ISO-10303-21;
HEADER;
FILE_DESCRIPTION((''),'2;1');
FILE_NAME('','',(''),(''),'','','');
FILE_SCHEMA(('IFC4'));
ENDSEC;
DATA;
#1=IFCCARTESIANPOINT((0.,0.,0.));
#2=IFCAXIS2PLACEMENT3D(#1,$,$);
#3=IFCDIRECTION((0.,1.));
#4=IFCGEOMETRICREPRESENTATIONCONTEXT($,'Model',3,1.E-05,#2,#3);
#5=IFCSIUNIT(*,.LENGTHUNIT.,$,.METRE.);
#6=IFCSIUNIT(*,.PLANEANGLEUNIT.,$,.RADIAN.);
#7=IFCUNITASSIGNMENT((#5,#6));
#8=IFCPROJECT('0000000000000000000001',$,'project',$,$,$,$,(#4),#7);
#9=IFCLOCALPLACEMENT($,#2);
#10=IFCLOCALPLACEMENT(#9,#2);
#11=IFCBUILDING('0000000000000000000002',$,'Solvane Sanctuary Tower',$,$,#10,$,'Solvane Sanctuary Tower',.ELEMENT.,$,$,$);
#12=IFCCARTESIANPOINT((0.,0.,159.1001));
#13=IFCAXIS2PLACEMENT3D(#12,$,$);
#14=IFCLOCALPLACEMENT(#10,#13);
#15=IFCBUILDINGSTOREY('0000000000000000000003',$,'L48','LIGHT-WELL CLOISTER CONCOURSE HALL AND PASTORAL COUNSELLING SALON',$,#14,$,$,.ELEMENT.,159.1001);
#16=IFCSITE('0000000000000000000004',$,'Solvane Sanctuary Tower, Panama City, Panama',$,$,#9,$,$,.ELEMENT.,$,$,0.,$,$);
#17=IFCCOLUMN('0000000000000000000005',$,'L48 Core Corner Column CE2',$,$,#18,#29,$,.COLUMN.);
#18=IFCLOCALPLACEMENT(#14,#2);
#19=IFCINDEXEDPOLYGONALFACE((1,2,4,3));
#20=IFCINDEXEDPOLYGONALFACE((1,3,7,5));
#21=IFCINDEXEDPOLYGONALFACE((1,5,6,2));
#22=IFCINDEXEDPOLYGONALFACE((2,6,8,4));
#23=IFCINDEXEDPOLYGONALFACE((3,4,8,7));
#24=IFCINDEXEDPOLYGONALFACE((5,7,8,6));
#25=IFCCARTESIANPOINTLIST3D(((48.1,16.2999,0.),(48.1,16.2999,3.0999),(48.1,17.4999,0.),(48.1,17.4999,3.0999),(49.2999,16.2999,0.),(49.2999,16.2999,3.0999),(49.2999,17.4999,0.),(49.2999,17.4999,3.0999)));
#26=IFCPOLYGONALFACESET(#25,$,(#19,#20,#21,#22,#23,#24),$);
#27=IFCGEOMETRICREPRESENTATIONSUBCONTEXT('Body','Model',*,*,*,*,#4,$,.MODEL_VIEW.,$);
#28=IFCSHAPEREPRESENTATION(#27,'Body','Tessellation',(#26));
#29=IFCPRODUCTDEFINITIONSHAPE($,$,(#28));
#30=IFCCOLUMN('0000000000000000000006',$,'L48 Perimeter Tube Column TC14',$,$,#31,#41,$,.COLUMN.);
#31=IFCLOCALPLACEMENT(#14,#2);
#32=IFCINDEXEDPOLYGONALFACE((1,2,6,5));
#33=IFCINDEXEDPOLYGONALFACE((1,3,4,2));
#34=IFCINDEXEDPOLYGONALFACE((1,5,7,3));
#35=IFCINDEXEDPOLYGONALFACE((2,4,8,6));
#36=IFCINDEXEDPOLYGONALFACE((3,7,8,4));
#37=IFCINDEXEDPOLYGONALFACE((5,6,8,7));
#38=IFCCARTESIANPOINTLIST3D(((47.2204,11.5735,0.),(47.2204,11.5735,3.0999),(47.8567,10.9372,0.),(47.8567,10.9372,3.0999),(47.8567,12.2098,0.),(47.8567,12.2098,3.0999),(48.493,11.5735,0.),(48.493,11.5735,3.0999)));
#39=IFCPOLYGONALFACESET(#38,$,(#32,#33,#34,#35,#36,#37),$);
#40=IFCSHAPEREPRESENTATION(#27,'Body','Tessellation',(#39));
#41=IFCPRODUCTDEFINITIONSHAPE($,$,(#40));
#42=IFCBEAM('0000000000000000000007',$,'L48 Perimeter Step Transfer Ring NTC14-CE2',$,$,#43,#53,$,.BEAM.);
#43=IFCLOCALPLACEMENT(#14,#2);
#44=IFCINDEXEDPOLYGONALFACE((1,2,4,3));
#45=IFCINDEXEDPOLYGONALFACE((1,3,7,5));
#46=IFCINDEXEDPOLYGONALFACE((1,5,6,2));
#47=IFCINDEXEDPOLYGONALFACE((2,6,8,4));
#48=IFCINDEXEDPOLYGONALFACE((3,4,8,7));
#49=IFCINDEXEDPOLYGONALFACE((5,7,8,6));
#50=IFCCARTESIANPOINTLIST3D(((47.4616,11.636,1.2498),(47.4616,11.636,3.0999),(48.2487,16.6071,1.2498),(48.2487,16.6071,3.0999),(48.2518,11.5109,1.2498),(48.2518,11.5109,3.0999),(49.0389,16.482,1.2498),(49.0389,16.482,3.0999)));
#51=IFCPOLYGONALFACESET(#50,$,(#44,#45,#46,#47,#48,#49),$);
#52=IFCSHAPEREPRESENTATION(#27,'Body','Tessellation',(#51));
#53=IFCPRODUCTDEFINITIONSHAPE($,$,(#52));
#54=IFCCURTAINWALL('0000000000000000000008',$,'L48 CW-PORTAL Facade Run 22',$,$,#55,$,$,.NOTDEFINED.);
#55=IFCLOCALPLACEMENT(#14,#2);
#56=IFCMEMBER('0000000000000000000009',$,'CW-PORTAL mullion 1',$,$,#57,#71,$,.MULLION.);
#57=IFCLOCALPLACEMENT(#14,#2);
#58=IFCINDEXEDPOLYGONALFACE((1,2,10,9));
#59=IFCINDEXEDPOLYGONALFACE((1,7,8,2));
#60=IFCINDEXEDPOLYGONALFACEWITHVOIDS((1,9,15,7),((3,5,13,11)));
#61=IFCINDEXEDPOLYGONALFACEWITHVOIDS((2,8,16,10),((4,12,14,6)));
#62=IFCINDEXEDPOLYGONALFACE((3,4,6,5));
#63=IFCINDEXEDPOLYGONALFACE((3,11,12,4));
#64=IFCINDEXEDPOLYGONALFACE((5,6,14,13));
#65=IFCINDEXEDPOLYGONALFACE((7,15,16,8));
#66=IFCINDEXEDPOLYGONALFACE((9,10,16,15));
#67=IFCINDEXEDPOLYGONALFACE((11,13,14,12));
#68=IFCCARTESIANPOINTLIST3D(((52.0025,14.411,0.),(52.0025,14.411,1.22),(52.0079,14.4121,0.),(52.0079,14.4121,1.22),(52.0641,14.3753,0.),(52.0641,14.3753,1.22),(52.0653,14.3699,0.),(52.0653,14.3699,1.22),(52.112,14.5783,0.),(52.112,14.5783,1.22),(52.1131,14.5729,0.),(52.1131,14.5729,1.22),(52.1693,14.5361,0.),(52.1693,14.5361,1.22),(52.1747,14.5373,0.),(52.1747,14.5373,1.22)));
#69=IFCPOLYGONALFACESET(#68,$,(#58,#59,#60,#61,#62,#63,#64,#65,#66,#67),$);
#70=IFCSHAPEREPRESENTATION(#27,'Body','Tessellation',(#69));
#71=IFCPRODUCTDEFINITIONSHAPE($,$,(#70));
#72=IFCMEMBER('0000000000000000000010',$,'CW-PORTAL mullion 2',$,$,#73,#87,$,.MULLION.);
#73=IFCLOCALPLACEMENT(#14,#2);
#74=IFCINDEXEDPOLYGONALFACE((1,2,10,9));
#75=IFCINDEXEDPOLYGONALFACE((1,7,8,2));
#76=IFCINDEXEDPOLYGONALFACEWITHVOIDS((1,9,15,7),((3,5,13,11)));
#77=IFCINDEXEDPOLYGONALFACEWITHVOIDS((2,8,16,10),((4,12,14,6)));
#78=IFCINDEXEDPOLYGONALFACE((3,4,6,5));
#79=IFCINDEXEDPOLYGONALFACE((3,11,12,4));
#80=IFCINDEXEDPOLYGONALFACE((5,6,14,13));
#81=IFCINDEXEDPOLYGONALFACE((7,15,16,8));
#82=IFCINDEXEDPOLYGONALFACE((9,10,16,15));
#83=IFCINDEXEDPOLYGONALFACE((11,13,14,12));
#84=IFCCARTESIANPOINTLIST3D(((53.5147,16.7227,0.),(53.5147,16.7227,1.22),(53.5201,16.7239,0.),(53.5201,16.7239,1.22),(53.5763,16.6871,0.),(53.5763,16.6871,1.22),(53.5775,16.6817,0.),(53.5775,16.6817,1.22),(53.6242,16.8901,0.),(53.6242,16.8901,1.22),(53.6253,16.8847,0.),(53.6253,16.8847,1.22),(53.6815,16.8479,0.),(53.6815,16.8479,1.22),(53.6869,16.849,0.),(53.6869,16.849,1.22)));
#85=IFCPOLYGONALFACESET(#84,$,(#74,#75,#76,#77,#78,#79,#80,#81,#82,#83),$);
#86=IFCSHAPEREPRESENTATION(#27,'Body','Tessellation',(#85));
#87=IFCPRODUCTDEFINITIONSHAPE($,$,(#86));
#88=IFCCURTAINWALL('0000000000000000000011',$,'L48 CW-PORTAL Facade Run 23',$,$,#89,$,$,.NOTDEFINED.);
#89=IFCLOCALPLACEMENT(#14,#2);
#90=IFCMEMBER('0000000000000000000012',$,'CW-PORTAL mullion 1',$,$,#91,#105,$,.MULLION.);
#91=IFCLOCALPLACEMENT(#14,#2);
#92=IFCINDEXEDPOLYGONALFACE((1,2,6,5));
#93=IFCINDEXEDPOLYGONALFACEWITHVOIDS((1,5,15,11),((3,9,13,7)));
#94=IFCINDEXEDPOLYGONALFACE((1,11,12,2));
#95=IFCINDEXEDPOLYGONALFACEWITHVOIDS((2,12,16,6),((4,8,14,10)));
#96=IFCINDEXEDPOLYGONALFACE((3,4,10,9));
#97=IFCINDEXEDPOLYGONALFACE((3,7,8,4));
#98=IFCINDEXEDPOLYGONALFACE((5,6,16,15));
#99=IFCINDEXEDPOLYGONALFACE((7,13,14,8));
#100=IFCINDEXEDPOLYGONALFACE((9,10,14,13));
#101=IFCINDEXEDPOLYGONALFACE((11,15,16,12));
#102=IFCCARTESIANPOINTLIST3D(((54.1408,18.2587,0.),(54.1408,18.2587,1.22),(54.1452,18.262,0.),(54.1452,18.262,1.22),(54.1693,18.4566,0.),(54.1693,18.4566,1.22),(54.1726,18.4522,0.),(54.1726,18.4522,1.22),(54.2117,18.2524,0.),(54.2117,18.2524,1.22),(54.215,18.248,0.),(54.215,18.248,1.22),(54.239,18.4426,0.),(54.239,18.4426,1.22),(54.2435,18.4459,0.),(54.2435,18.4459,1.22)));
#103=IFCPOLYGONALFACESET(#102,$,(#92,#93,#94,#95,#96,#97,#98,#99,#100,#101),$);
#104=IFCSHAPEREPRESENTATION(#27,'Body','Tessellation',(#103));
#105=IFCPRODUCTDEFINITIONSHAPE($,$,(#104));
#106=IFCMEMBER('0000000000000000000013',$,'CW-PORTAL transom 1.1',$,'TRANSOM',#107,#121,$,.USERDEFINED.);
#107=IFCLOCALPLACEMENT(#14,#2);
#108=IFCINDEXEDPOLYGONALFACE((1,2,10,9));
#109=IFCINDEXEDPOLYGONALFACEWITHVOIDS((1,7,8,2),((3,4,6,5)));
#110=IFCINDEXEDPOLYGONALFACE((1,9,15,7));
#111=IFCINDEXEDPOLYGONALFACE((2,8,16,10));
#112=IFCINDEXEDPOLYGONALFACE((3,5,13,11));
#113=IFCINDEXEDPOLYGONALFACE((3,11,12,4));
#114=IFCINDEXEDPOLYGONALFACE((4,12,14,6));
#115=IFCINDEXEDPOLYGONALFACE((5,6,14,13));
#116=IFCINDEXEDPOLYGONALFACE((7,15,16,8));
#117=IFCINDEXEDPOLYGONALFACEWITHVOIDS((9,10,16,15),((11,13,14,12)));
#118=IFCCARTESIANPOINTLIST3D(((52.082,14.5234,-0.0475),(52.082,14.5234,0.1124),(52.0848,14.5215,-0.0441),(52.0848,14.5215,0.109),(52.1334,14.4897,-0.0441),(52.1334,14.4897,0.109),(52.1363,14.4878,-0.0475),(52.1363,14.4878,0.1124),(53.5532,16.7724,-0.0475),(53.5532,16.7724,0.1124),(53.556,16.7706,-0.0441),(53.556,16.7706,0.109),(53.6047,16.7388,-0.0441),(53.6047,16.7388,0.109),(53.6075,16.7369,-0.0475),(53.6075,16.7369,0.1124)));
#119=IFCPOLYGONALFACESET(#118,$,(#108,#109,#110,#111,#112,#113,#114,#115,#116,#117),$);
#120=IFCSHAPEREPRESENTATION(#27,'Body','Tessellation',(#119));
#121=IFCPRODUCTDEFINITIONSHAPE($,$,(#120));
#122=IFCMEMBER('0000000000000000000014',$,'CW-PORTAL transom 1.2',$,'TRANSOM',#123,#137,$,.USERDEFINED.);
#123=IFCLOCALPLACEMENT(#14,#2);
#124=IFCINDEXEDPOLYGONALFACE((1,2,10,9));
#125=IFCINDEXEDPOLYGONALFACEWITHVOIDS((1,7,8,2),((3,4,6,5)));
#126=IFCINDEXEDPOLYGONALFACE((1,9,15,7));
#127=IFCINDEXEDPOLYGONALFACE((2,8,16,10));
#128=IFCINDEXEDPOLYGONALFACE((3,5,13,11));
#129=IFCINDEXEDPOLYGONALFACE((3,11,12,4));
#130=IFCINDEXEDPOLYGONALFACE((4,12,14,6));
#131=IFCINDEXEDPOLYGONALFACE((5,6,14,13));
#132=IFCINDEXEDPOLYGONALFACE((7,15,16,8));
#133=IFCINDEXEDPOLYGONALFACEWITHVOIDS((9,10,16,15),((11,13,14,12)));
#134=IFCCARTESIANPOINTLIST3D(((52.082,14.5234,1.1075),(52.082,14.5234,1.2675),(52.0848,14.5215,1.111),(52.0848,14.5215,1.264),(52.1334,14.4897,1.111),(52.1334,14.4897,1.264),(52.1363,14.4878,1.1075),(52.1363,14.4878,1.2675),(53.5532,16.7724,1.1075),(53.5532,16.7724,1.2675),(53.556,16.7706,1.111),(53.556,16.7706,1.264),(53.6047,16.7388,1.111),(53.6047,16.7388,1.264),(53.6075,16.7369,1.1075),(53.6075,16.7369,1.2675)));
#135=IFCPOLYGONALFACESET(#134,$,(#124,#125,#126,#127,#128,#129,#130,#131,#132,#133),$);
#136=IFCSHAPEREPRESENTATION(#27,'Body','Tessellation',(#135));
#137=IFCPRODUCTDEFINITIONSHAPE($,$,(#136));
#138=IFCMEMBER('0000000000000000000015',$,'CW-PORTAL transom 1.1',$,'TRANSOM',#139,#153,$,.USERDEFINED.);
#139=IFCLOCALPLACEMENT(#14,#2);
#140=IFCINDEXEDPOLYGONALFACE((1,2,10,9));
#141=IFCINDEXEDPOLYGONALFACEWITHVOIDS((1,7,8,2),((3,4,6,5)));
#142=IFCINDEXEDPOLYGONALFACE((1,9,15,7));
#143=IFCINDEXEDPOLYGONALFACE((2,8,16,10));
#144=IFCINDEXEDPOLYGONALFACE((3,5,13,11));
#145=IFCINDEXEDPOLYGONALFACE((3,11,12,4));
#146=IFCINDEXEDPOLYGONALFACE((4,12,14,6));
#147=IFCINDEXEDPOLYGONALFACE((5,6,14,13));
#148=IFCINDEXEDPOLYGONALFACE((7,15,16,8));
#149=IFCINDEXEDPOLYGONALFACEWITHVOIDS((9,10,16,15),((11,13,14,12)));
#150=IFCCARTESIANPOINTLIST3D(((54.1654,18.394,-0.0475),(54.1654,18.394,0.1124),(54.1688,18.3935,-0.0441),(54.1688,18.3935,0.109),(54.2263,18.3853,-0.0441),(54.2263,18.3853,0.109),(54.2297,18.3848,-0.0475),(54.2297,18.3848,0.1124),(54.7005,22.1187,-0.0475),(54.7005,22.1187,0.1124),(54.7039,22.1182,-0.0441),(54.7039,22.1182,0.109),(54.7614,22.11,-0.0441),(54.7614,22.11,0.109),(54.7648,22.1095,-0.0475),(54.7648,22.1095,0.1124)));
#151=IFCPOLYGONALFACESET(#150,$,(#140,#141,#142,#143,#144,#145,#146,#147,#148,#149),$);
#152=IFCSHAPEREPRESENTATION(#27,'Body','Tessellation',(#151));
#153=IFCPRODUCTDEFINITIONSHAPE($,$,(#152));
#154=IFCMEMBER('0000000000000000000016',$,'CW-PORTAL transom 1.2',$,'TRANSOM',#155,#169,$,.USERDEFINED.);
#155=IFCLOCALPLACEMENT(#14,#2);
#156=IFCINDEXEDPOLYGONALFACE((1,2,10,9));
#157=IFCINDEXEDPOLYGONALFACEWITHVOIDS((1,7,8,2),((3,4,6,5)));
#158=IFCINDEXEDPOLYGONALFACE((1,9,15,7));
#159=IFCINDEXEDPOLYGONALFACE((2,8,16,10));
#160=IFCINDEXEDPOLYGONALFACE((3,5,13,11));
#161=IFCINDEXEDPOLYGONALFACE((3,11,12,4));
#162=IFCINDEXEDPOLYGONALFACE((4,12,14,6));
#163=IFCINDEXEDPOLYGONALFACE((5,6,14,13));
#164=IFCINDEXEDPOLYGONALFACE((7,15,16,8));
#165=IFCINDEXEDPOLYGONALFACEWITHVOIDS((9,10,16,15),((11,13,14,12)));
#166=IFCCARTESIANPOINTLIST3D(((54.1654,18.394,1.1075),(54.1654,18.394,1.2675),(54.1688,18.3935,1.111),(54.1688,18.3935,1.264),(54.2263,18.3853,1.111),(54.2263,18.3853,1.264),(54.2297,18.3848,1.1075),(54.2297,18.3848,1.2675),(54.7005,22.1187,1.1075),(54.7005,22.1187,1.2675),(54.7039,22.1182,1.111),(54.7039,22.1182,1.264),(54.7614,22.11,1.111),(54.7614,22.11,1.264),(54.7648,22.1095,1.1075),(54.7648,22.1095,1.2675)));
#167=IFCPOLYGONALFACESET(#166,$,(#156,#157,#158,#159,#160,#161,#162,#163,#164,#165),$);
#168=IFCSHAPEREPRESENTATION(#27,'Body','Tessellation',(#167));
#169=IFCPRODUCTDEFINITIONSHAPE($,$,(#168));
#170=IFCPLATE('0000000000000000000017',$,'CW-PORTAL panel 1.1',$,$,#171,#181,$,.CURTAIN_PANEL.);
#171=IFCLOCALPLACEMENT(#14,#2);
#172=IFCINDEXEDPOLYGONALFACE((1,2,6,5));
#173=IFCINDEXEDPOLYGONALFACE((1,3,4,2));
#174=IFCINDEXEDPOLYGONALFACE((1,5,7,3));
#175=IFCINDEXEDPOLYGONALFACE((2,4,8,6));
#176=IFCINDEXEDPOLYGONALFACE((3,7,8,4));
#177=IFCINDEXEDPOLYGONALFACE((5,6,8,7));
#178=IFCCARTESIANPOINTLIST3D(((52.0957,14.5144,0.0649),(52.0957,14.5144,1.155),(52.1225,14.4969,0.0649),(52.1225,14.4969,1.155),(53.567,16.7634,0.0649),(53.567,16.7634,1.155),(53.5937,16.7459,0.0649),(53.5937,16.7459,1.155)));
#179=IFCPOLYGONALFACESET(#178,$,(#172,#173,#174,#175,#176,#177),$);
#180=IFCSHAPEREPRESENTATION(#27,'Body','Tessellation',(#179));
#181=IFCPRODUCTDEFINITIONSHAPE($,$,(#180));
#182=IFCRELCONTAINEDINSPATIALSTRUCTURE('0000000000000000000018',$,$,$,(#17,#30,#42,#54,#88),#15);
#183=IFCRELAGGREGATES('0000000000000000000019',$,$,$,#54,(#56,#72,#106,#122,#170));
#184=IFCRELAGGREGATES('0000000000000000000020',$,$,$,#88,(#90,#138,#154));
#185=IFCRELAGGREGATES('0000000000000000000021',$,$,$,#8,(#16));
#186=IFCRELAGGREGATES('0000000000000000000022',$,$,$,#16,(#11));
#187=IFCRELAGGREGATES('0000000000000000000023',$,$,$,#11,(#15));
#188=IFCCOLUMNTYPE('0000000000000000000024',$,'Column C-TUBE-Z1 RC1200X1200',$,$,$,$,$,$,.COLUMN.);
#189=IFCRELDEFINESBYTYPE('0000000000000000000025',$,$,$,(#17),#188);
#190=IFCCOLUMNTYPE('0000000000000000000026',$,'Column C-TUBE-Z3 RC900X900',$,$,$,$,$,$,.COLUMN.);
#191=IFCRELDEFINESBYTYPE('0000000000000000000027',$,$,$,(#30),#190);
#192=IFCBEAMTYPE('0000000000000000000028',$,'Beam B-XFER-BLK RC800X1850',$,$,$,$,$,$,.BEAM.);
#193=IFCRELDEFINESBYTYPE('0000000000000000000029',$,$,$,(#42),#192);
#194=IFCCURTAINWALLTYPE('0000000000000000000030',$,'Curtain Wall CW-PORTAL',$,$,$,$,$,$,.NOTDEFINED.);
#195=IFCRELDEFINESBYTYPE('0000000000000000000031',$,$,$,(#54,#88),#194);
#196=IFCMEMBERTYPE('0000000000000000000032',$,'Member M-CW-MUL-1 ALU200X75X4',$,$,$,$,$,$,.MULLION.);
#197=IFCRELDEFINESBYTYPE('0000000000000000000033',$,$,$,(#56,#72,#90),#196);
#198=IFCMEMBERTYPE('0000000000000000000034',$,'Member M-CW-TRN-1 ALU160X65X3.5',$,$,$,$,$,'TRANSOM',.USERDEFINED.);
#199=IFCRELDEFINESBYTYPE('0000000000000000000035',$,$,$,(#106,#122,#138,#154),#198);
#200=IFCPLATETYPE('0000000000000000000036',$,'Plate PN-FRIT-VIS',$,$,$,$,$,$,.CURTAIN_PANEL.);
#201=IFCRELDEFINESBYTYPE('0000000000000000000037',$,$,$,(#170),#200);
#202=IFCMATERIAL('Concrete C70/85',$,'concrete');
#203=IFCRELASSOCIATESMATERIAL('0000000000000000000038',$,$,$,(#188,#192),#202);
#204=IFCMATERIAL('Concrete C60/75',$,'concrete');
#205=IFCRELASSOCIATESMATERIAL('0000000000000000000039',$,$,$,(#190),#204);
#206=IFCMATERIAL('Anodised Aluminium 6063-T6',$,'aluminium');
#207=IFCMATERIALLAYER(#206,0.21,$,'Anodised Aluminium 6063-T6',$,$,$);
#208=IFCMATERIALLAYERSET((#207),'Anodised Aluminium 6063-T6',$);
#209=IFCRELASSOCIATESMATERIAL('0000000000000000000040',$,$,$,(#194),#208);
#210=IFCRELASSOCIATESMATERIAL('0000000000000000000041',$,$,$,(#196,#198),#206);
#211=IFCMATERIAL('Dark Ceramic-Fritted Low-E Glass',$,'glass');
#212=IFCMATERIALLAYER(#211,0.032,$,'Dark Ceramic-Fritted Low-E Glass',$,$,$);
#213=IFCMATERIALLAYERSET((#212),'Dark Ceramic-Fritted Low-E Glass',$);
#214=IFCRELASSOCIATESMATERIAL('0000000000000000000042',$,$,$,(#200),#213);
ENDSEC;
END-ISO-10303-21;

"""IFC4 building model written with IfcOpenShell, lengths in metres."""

from ifc_helpers import new_model, si_unit, direction, frame, origin, origin_2d, place, context, subcontext, project, spatial, rectangle, hollow_rectangle, extrude, material, layer, layer_set, material_profile, profile_set, type_object, element, aggregate, save


model = new_model("IFC4")

# Units and contexts
model_context = context("Model", 3, precision=1e-05, world=origin(), true_north=direction((0.0, 1.0)))
body_context = subcontext(model_context, "Body", "Model", "MODEL_VIEW")
ifc_project = project(units=[si_unit("LENGTHUNIT", "METRE"), si_unit("PLANEANGLEUNIT", "RADIAN")], contexts=[model_context])

# Site, building, storey
site_placement = place(None, origin())
site = spatial("IfcSite", under=ifc_project, at=site_placement, Name="Solvane Sanctuary Tower, Panama City, Panama", CompositionType="ELEMENT", RefElevation=0.0)
building_placement = place(site_placement, origin())
building = spatial("IfcBuilding", under=site, at=building_placement, Name="Solvane Sanctuary Tower", LongName="Solvane Sanctuary Tower", CompositionType="ELEMENT")
storey_placement = place(building_placement, frame((0.0, 0.0, 159.1001)))
storey = spatial("IfcBuildingStorey", under=building, at=storey_placement, Name="L48", Description="LIGHT-WELL CLOISTER CONCOURSE HALL AND PASTORAL COUNSELLING SALON", CompositionType="ELEMENT", Elevation=159.1001)

# Columns
ifc_material_1 = material(Name="Concrete C70/85", Category="concrete")
ifc_material_profile_1 = material_profile(ifc_material_1, rectangle(XDim=1.2, YDim=1.2, at=origin_2d()), Name="RC1200X1200")
ifc_profile_set_1 = profile_set([ifc_material_profile_1], Name="Concrete C70/85")
column_type_1 = type_object("IfcColumnType", Name="Column C-TUBE-Z1 RC1200X1200", PredefinedType="COLUMN", material=ifc_profile_set_1)
column_1_placement = place(storey_placement, frame((48.7, 16.8999, 0.0), z_axis=(0.0, 0.0, 1.0), x_axis=(1.0, 0.0, 0.0)))
element("IfcColumn", 1, at=column_1_placement, inside=storey, type_object=column_type_1, Name="L48 Core Corner Column CE2", PredefinedType="COLUMN", context=body_context, shape_type="SweptSolid", body=[
    extrude(rectangle(XDim=1.2, YDim=1.2, at=origin_2d()), origin(), (0.0, 0.0, 1.0), 3.0999),
])
ifc_material_2 = material(Name="Concrete C60/75", Category="concrete")
ifc_material_profile_2 = material_profile(ifc_material_2, rectangle(XDim=0.8999, YDim=0.8999, at=origin_2d()), Name="RC900X900")
ifc_profile_set_2 = profile_set([ifc_material_profile_2], Name="Concrete C60/75")
column_type_2 = type_object("IfcColumnType", Name="Column C-TUBE-Z3 RC900X900", PredefinedType="COLUMN", material=ifc_profile_set_2)
column_2_placement = place(storey_placement, frame((47.8567, 11.5735, 0.0), z_axis=(0.0, 0.0, 1.0), x_axis=(0.707107, -0.707107, 0.0)))
element("IfcColumn", 2, at=column_2_placement, inside=storey, type_object=column_type_2, Name="L48 Perimeter Tube Column TC14", PredefinedType="COLUMN", context=body_context, shape_type="SweptSolid", body=[
    extrude(rectangle(XDim=0.8999, YDim=0.8999, at=origin_2d()), origin(), (0.0, 0.0, 1.0), 3.0999),
])

# Beam
ifc_material_profile_3 = material_profile(ifc_material_1, rectangle(XDim=0.8, YDim=1.8501, at=origin_2d()), Name="RC800X1850")
ifc_profile_set_3 = profile_set([ifc_material_profile_3], Name="Concrete C70/85")
beam_type = type_object("IfcBeamType", Name="Beam B-XFER-BLK RC800X1850", PredefinedType="BEAM", material=ifc_profile_set_3)
beam_placement = place(storey_placement, frame((47.8567, 11.5735, 2.1748), z_axis=(0.156394, 0.987695, 0.0), x_axis=(-0.987695, 0.156394, 0.0)))
element("IfcBeam", 3, at=beam_placement, inside=storey, type_object=beam_type, Name="L48 Perimeter Step Transfer Ring NTC14-CE2", PredefinedType="BEAM", context=body_context, shape_type="SweptSolid", body=[
    extrude(rectangle(XDim=0.8, YDim=1.8501, at=origin_2d()), origin(), (0.0, 0.0, 1.0), 5.033),
])

# Curtain wall, members
ifc_material_3 = material(Name="Anodised Aluminium 6063-T6", Category="aluminium")
ifc_layer_1 = layer(ifc_material_3, 0.21, Name="Anodised Aluminium 6063-T6")
ifc_layer_set_1 = layer_set([ifc_layer_1], Name="Anodised Aluminium 6063-T6")
curtain_wall_type = type_object("IfcCurtainWallType", Name="Curtain Wall CW-PORTAL", PredefinedType="NOTDEFINED", material=ifc_layer_set_1)
curtain_wall_1_placement = place(storey_placement, origin())
curtain_wall_1 = element("IfcCurtainWall", 4, at=curtain_wall_1_placement, inside=storey, type_object=curtain_wall_type, Name="L48 CW-PORTAL Facade Run 22", PredefinedType="NOTDEFINED")
ifc_material_profile_4 = material_profile(ifc_material_3, hollow_rectangle(XDim=0.075, YDim=0.2, WallThickness=0.0039, at=origin_2d()), Name="ALU200X75X4")
ifc_profile_set_4 = profile_set([ifc_material_profile_4], Name="Anodised Aluminium 6063-T6")
member_type_1 = type_object("IfcMemberType", Name="Member M-CW-MUL-1 ALU200X75X4", PredefinedType="MULLION", material=ifc_profile_set_4)
member_1_placement = place(storey_placement, frame((52.0886, 14.4741, 0.0), z_axis=(0.0, 0.0, 1.0), x_axis=(-0.83685, 0.547433, 0.0)))
member_1 = element("IfcMember", 5, at=member_1_placement, type_object=member_type_1, Name="CW-PORTAL mullion 1", PredefinedType="MULLION", context=body_context, shape_type="SweptSolid", body=[
    extrude(hollow_rectangle(XDim=0.075, YDim=0.2, WallThickness=0.0039, at=origin_2d()), origin(), (0.0, 0.0, 1.0), 1.22),
])
member_2_placement = place(storey_placement, frame((53.6008, 16.7859, 0.0), z_axis=(0.0, 0.0, 1.0), x_axis=(-0.83685, 0.547433, 0.0)))
member_2 = element("IfcMember", 6, at=member_2_placement, type_object=member_type_1, Name="CW-PORTAL mullion 2", PredefinedType="MULLION", context=body_context, shape_type="SweptSolid", body=[
    extrude(hollow_rectangle(XDim=0.075, YDim=0.2, WallThickness=0.0039, at=origin_2d()), origin(), (0.0, 0.0, 1.0), 1.22),
])

# Curtain wall, member
curtain_wall_2_placement = place(storey_placement, origin())
curtain_wall_2 = element("IfcCurtainWall", 7, at=curtain_wall_2_placement, inside=storey, type_object=curtain_wall_type, Name="L48 CW-PORTAL Facade Run 23", PredefinedType="NOTDEFINED")
member_3_placement = place(storey_placement, frame((54.1921, 18.3523, 0.0), z_axis=(0.0, 0.0, 1.0), x_axis=(-0.989831, 0.142248, 0.0)))
member_3 = element("IfcMember", 8, at=member_3_placement, type_object=member_type_1, Name="CW-PORTAL mullion 1", PredefinedType="MULLION", context=body_context, shape_type="SweptSolid", body=[
    extrude(hollow_rectangle(XDim=0.075, YDim=0.2, WallThickness=0.0039, at=origin_2d()), origin(), (0.0, 0.0, 1.0), 1.22),
])

# Members
ifc_material_profile_5 = material_profile(ifc_material_3, hollow_rectangle(XDim=0.0649, YDim=0.1599, WallThickness=0.0034, at=origin_2d()), Name="ALU160X65X3.5")
ifc_profile_set_5 = profile_set([ifc_material_profile_5], Name="Anodised Aluminium 6063-T6")
member_type_2 = type_object("IfcMemberType", Name="Member M-CW-TRN-1 ALU160X65X3.5", ElementType="TRANSOM", PredefinedType="USERDEFINED", material=ifc_profile_set_5)
member_4_placement = place(storey_placement, frame((52.1091, 14.5056, 0.0325), z_axis=(0.547426, 0.836854, 0.0), x_axis=(-0.836854, 0.547426, 0.0)))
member_4 = element("IfcMember", 9, at=member_4_placement, type_object=member_type_2, Name="CW-PORTAL transom 1.1", ObjectType="TRANSOM", PredefinedType="USERDEFINED", context=body_context, shape_type="SweptSolid", body=[
    extrude(hollow_rectangle(XDim=0.0649, YDim=0.1599, WallThickness=0.0034, at=origin_2d()), origin(), (0.0, 0.0, 1.0), 2.6875),
])
member_5_placement = place(storey_placement, frame((52.1091, 14.5056, 1.1875), z_axis=(0.547426, 0.836854, 0.0), x_axis=(-0.836854, 0.547426, 0.0)))
member_5 = element("IfcMember", 10, at=member_5_placement, type_object=member_type_2, Name="CW-PORTAL transom 1.2", ObjectType="TRANSOM", PredefinedType="USERDEFINED", context=body_context, shape_type="SweptSolid", body=[
    extrude(hollow_rectangle(XDim=0.0649, YDim=0.1599, WallThickness=0.0034, at=origin_2d()), origin(), (0.0, 0.0, 1.0), 2.6875),
])
member_6_placement = place(storey_placement, frame((54.1975, 18.3894, 0.0325), z_axis=(0.142221, 0.989835, 0.0), x_axis=(-0.989835, 0.142221, 0.0)))
member_6 = element("IfcMember", 11, at=member_6_placement, type_object=member_type_2, Name="CW-PORTAL transom 1.1", ObjectType="TRANSOM", PredefinedType="USERDEFINED", context=body_context, shape_type="SweptSolid", body=[
    extrude(hollow_rectangle(XDim=0.0649, YDim=0.1599, WallThickness=0.0034, at=origin_2d()), origin(), (0.0, 0.0, 1.0), 3.7629),
])
member_7_placement = place(storey_placement, frame((54.1975, 18.3894, 1.1875), z_axis=(0.142221, 0.989835, 0.0), x_axis=(-0.989835, 0.142221, 0.0)))
member_7 = element("IfcMember", 12, at=member_7_placement, type_object=member_type_2, Name="CW-PORTAL transom 1.2", ObjectType="TRANSOM", PredefinedType="USERDEFINED", context=body_context, shape_type="SweptSolid", body=[
    extrude(hollow_rectangle(XDim=0.0649, YDim=0.1599, WallThickness=0.0034, at=origin_2d()), origin(), (0.0, 0.0, 1.0), 3.7629),
])

# Plate
ifc_material_4 = material(Name="Dark Ceramic-Fritted Low-E Glass", Category="glass")
ifc_layer_2 = layer(ifc_material_4, 0.032, Name="Dark Ceramic-Fritted Low-E Glass")
ifc_layer_set_2 = layer_set([ifc_layer_2], Name="Dark Ceramic-Fritted Low-E Glass")
plate_type = type_object("IfcPlateType", Name="Plate PN-FRIT-VIS", PredefinedType="CURTAIN_PANEL", material=ifc_layer_set_2)
plate_1_placement = place(storey_placement, frame((52.8447, 15.6301, 0.0649), z_axis=(0.0, 0.0, 1.0), x_axis=(0.547433, 0.83685, 0.0)))
plate_1 = element("IfcPlate", 13, at=plate_1_placement, type_object=plate_type, Name="CW-PORTAL panel 1.1", PredefinedType="CURTAIN_PANEL", context=body_context, shape_type="SweptSolid", body=[
    extrude(rectangle(XDim=2.6875, YDim=0.032, at=origin_2d()), origin(), (0.0, 0.0, 1.0), 1.0901),
])
aggregate(curtain_wall_1, [member_1, member_2, member_4, member_5, plate_1])
aggregate(curtain_wall_2, [member_3, member_6, member_7])

save(model, "model.ifc")
